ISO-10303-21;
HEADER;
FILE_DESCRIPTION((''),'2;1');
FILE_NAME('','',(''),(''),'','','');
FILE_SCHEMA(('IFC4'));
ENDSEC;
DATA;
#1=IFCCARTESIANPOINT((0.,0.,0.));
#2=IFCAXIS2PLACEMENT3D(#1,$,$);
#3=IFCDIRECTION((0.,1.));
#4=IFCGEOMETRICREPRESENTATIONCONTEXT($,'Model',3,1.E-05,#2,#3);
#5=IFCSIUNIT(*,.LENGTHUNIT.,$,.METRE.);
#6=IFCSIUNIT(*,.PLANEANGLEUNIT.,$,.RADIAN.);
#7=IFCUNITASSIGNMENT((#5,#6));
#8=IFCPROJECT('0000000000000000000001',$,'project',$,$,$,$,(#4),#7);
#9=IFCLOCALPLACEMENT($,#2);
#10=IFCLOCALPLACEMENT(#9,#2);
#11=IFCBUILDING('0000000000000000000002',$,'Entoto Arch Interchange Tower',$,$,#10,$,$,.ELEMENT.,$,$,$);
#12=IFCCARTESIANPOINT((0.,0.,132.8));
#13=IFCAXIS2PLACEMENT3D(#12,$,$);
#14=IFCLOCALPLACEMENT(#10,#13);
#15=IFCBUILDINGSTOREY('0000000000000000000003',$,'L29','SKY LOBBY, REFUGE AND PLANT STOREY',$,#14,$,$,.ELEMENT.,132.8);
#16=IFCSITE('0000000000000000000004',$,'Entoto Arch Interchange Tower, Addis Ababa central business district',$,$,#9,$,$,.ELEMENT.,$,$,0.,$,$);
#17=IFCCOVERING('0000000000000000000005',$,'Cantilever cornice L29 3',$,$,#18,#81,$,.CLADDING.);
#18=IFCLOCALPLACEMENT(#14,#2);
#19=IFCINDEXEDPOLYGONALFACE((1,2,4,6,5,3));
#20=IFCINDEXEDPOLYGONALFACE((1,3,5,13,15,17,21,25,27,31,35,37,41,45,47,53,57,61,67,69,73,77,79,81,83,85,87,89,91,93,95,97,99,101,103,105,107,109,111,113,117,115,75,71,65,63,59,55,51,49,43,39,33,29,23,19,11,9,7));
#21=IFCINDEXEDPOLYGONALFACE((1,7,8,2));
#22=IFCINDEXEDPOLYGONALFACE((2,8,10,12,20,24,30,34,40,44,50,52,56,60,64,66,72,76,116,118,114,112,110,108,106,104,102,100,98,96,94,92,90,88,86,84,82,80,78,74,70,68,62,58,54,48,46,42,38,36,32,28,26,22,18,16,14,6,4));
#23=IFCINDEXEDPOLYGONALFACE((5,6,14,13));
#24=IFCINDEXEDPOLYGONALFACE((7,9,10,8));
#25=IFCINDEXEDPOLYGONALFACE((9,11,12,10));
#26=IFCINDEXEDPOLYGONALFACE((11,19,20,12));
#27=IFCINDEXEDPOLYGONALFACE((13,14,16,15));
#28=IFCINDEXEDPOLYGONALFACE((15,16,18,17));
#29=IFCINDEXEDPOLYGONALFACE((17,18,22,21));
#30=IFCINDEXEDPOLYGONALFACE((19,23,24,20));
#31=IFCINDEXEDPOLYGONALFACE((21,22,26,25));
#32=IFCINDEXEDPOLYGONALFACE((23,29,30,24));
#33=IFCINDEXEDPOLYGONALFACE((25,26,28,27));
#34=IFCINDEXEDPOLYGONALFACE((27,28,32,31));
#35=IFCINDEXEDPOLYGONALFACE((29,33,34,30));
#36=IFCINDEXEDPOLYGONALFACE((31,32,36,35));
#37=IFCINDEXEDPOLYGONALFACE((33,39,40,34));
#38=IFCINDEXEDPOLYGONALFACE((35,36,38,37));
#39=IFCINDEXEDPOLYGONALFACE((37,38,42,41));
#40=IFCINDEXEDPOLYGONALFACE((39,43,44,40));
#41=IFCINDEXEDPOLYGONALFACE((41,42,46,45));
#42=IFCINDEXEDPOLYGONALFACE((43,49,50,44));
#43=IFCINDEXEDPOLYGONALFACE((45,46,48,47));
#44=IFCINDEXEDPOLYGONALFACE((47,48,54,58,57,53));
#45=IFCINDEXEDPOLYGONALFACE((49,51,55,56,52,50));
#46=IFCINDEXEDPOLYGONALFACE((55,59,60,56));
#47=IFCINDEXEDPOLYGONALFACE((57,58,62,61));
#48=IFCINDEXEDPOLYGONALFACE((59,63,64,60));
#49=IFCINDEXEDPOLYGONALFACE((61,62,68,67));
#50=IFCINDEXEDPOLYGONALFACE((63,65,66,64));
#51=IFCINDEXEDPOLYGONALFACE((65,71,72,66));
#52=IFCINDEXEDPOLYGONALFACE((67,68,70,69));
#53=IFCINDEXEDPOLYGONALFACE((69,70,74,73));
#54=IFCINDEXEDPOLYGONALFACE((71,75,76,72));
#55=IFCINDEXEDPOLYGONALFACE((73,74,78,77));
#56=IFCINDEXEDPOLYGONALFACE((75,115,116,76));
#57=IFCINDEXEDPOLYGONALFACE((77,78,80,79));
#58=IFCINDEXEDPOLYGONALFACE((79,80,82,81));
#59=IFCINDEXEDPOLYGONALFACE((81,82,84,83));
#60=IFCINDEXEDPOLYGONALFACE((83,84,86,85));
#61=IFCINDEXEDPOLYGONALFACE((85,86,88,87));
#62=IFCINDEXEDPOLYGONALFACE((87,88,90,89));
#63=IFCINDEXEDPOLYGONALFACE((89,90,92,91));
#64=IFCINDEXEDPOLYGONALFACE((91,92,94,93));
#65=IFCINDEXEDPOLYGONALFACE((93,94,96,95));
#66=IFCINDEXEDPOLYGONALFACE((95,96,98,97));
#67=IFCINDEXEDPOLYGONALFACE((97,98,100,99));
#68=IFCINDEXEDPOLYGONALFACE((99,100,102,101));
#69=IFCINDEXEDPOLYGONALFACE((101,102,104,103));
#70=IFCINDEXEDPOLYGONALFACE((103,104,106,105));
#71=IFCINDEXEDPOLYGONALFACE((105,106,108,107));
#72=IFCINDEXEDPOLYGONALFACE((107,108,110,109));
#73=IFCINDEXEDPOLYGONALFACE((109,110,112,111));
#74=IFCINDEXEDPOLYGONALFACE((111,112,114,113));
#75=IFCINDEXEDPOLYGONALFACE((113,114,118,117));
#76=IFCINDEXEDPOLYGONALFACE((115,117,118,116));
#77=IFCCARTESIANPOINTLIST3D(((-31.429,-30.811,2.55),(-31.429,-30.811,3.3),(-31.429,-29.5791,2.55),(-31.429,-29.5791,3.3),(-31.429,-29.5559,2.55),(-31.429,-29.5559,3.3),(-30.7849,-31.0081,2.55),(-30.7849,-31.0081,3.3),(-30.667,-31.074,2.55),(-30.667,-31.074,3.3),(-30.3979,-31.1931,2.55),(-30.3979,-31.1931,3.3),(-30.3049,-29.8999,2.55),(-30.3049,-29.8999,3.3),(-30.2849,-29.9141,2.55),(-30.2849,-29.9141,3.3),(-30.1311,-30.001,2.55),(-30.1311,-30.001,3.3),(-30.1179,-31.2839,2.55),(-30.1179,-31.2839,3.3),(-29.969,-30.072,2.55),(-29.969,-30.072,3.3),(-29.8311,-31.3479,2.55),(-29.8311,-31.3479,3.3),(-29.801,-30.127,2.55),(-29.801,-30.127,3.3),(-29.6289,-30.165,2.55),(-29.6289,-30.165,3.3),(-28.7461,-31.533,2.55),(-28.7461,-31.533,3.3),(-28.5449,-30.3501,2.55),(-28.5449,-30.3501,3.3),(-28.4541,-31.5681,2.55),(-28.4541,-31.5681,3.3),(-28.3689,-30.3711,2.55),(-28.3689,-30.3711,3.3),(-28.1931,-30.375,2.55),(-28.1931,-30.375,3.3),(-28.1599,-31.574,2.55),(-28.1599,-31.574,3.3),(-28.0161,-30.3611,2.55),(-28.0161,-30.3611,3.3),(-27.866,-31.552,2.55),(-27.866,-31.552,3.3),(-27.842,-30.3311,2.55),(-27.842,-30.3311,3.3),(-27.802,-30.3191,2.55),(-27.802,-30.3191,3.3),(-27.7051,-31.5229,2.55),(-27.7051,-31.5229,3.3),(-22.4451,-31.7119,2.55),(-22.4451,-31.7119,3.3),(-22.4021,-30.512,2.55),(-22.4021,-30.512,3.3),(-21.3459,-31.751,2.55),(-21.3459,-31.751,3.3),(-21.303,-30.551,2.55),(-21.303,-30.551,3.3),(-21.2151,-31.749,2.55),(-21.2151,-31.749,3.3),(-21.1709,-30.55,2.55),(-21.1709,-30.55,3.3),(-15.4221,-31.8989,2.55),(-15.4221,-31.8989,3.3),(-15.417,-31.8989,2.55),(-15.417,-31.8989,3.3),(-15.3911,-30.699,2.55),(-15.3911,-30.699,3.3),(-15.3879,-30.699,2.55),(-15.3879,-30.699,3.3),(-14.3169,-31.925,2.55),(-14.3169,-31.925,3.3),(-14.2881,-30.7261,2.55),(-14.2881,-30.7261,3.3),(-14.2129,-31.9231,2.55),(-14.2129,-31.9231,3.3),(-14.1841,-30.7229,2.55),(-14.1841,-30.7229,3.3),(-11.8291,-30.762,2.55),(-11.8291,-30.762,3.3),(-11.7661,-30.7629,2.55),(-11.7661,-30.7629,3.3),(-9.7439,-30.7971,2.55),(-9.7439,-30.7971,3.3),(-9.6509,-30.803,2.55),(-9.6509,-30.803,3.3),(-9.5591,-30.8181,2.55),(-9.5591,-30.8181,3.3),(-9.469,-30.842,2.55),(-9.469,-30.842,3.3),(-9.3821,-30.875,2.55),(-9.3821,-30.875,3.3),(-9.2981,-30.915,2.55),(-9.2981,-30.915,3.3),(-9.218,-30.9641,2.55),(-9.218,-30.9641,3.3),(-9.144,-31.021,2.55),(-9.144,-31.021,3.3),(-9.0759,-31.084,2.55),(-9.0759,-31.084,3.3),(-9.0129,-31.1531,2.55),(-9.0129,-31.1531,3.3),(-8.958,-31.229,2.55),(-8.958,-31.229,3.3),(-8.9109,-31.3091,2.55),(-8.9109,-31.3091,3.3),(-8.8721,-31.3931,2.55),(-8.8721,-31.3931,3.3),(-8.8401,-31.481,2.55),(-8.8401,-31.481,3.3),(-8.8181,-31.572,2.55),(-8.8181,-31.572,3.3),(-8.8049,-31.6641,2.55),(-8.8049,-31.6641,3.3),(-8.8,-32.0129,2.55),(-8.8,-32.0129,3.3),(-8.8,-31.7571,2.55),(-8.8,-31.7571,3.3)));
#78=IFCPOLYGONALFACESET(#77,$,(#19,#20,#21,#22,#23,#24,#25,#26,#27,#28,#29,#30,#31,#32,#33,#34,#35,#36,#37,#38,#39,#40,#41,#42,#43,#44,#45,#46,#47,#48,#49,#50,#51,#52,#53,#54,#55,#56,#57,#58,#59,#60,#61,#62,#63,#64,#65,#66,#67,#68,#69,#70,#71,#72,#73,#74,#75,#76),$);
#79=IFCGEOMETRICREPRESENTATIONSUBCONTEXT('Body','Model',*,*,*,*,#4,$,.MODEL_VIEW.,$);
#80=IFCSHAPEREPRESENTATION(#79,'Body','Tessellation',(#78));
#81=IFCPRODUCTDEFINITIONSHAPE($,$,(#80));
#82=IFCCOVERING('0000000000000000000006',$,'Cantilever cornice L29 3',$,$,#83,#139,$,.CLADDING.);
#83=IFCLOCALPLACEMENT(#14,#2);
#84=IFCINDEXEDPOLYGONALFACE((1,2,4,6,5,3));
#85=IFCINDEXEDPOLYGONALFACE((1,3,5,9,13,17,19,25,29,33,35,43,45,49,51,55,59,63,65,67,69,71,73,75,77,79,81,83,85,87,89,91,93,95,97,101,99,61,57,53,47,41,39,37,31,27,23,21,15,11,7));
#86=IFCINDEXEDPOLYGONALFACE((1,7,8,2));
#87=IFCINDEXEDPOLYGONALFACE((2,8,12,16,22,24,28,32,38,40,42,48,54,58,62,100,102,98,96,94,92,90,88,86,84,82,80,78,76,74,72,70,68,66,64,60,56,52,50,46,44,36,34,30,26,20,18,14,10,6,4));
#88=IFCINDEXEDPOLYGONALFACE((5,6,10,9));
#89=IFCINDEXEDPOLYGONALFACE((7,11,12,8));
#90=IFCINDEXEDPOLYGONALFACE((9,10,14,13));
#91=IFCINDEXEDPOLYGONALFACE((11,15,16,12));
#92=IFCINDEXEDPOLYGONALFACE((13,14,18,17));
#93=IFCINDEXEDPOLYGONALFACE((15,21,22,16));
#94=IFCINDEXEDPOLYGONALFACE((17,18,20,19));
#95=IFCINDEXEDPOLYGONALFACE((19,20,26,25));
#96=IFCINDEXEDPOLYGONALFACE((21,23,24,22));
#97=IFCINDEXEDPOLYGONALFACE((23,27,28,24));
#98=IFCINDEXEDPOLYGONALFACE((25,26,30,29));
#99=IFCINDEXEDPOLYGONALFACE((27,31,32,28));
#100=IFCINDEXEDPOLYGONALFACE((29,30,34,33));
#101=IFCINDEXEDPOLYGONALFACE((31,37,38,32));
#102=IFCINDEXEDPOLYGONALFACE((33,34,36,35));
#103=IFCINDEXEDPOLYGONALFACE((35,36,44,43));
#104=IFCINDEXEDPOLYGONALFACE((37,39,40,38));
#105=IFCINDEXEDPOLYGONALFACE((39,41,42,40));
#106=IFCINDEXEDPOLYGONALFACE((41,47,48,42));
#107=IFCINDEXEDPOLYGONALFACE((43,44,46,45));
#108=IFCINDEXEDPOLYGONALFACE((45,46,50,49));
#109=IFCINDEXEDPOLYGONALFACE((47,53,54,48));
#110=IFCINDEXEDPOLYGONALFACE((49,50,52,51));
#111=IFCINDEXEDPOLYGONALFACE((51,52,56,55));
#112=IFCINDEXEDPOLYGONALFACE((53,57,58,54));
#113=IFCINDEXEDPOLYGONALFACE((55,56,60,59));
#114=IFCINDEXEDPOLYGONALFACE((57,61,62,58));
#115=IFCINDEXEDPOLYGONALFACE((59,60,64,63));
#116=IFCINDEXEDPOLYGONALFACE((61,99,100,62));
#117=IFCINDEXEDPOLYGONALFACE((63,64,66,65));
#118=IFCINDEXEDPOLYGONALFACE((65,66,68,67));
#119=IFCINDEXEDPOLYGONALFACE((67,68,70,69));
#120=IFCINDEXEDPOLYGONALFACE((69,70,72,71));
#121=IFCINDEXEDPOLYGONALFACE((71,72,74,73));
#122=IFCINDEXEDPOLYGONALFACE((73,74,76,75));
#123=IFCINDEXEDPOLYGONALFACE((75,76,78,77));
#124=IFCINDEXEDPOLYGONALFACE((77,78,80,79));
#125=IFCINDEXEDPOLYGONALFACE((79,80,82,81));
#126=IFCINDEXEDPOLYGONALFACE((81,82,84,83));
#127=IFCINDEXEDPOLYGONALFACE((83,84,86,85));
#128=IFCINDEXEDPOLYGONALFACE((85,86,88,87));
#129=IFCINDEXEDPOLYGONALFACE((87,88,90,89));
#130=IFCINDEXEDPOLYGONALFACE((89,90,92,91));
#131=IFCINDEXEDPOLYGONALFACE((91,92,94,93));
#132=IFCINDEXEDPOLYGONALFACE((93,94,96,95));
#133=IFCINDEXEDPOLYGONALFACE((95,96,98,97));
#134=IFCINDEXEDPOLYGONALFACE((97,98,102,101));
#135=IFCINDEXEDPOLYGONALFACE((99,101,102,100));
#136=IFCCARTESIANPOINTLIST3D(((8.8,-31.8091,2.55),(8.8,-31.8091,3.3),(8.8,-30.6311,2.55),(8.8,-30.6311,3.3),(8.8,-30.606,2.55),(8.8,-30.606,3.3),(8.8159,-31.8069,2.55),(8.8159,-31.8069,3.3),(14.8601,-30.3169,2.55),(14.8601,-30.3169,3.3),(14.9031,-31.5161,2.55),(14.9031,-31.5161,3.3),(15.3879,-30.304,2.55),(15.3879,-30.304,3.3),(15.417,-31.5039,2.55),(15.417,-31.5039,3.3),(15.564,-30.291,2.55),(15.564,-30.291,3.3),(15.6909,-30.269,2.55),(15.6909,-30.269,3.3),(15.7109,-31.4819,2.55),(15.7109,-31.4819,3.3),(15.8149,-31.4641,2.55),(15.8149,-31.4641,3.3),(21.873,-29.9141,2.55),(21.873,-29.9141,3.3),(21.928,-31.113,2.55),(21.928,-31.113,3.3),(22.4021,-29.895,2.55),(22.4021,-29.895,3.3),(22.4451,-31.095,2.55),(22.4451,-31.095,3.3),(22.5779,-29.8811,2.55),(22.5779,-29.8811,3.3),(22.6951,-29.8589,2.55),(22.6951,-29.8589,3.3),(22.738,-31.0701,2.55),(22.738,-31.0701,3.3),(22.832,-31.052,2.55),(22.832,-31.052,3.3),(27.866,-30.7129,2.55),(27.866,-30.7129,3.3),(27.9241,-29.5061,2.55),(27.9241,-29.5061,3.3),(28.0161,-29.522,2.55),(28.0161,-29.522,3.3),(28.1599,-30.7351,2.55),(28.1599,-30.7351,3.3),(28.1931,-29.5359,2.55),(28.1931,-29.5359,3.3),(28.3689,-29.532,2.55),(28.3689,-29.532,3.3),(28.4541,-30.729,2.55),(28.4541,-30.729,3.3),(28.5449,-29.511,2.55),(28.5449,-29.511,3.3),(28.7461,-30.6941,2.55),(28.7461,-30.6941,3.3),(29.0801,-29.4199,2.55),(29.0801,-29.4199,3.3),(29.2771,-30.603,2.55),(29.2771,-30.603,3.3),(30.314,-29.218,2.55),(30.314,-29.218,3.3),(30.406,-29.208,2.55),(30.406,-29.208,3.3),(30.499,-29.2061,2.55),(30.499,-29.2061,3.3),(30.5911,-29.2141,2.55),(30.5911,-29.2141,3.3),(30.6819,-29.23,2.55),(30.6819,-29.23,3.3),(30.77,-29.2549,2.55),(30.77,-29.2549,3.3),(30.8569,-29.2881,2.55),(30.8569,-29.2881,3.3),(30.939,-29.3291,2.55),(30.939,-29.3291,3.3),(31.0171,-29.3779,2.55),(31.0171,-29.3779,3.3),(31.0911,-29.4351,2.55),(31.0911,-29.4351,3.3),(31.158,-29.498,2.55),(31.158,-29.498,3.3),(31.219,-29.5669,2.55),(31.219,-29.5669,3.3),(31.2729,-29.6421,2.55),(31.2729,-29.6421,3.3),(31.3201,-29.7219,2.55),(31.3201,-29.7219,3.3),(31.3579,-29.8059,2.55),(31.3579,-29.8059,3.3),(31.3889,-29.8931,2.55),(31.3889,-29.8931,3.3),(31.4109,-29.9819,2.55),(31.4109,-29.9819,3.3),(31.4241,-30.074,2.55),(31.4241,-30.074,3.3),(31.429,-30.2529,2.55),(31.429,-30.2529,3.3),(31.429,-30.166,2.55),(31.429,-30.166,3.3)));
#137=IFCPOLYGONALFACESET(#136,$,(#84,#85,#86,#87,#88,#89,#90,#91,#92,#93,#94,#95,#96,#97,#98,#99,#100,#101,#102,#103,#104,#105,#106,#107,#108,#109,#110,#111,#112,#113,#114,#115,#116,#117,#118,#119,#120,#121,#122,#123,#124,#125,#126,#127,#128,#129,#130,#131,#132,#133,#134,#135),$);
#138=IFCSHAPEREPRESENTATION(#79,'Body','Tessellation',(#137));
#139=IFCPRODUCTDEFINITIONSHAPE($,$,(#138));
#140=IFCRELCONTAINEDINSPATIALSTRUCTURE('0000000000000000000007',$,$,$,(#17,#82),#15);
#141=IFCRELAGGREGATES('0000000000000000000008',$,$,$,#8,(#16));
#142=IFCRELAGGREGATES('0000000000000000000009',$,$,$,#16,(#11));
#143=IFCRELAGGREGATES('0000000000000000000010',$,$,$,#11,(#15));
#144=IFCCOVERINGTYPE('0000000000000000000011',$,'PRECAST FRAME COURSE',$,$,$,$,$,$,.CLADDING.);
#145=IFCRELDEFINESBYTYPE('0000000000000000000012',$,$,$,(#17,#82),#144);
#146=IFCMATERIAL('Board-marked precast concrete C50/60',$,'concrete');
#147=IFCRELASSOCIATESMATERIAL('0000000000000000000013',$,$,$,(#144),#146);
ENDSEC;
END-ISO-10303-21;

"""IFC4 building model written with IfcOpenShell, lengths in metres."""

from ifc_helpers import new_model, si_unit, direction, frame, origin, place, context, subcontext, project, spatial, polyline, outline, extrude, material, type_object, element, save


model = new_model("IFC4")

# Units and contexts
model_context = context("Model", 3, precision=1e-05, world=origin(), true_north=direction((0.0, 1.0)))
body_context = subcontext(model_context, "Body", "Model", "MODEL_VIEW")
ifc_project = project(units=[si_unit("LENGTHUNIT", "METRE"), si_unit("PLANEANGLEUNIT", "RADIAN")], contexts=[model_context])

# Site, building, storey
site_placement = place(None, origin())
site = spatial("IfcSite", under=ifc_project, at=site_placement, Name="Entoto Arch Interchange Tower, Addis Ababa central business district", CompositionType="ELEMENT", RefElevation=0.0)
building_placement = place(site_placement, origin())
building = spatial("IfcBuilding", under=site, at=building_placement, Name="Entoto Arch Interchange Tower", CompositionType="ELEMENT")
storey_placement = place(building_placement, frame((0.0, 0.0, 132.8)))
storey = spatial("IfcBuildingStorey", under=building, at=storey_placement, Name="L29", Description="SKY LOBBY, REFUGE AND PLANT STOREY", CompositionType="ELEMENT", Elevation=132.8)

# Coverings
ifc_material_1 = material(Name="Board-marked precast concrete C50/60", Category="concrete")
covering_type_1 = type_object("IfcCoveringType", Name="PRECAST FRAME COURSE", PredefinedType="CLADDING", material=ifc_material_1)
covering_1_placement = place(storey_placement, frame((0.0, 0.0, 2.55)))
element("IfcCovering", 1, at=covering_1_placement, inside=storey, type_object=covering_type_1, Name="Cantilever cornice L29 3", PredefinedType="CLADDING", context=body_context, shape_type="SweptSolid", body=[
    extrude(outline(polyline([(-9.3821, -30.875), (-9.2981, -30.915), (-9.218, -30.9641), (-9.144, -31.021), (-9.0759, -31.084), (-9.0129, -31.1531), (-8.958, -31.229), (-8.9109, -31.3091), (-8.8721, -31.3931), (-8.8401, -31.481), (-8.8181, -31.572), (-8.8049, -31.6641), (-8.8, -31.7571), (-8.8, -32.0129), (-14.2129, -31.9231), (-14.3169, -31.925), (-15.417, -31.8989), (-15.4221, -31.8989), (-21.2151, -31.749), (-21.3459, -31.751), (-22.4451, -31.7119), (-27.7051, -31.5229), (-27.866, -31.552), (-28.1599, -31.574), (-28.4541, -31.5681), (-28.7461, -31.533), (-29.8311, -31.3479), (-30.1179, -31.2839), (-30.3979, -31.1931), (-30.667, -31.074), (-30.7849, -31.0081), (-31.429, -30.811), (-31.429, -29.5791), (-31.429, -29.5559), (-30.3049, -29.8999), (-30.2849, -29.9141), (-30.1311, -30.001), (-29.969, -30.072), (-29.801, -30.127), (-29.6289, -30.165), (-28.5449, -30.3501), (-28.3689, -30.3711), (-28.1931, -30.375), (-28.0161, -30.3611), (-27.842, -30.3311), (-27.802, -30.3191), (-22.4021, -30.512), (-21.303, -30.551), (-21.1709, -30.55), (-15.3911, -30.699), (-15.3879, -30.699), (-14.2881, -30.7261), (-14.1841, -30.7229), (-11.8291, -30.762), (-11.7661, -30.7629), (-9.7439, -30.7971), (-9.6509, -30.803), (-9.5591, -30.8181), (-9.469, -30.842), (-9.3821, -30.875)])), origin(), (0.0, 0.0, 1.0), 0.75),
])
covering_2_placement = place(storey_placement, frame((0.0, 0.0, 2.55)))
element("IfcCovering", 2, at=covering_2_placement, inside=storey, type_object=covering_type_1, Name="Cantilever cornice L29 3", PredefinedType="CLADDING", context=body_context, shape_type="SweptSolid", body=[
    extrude(outline(polyline([(30.6819, -29.23), (30.77, -29.2549), (30.8569, -29.2881), (30.939, -29.3291), (31.0171, -29.3779), (31.0911, -29.4351), (31.158, -29.498), (31.219, -29.5669), (31.2729, -29.6421), (31.3201, -29.7219), (31.3579, -29.8059), (31.3889, -29.8931), (31.4109, -29.9819), (31.4241, -30.074), (31.429, -30.166), (31.429, -30.2529), (29.2771, -30.603), (28.7461, -30.6941), (28.4541, -30.729), (28.1599, -30.7351), (27.866, -30.7129), (27.866, -30.7129), (22.832, -31.052), (22.738, -31.0701), (22.4451, -31.095), (21.928, -31.113), (15.8149, -31.4641), (15.7109, -31.4819), (15.417, -31.5039), (14.9031, -31.5161), (8.8159, -31.8069), (8.8, -31.8091), (8.8, -30.6311), (8.8, -30.606), (14.8601, -30.3169), (15.3879, -30.304), (15.564, -30.291), (15.6909, -30.269), (21.873, -29.9141), (22.4021, -29.895), (22.5779, -29.8811), (22.6951, -29.8589), (27.9241, -29.5061), (28.0161, -29.522), (28.1931, -29.5359), (28.3689, -29.532), (28.5449, -29.511), (29.0801, -29.4199), (30.314, -29.218), (30.406, -29.208), (30.499, -29.2061), (30.5911, -29.2141), (30.6819, -29.23)])), origin(), (0.0, 0.0, 1.0), 0.75),
])

save(model, "model.ifc")
